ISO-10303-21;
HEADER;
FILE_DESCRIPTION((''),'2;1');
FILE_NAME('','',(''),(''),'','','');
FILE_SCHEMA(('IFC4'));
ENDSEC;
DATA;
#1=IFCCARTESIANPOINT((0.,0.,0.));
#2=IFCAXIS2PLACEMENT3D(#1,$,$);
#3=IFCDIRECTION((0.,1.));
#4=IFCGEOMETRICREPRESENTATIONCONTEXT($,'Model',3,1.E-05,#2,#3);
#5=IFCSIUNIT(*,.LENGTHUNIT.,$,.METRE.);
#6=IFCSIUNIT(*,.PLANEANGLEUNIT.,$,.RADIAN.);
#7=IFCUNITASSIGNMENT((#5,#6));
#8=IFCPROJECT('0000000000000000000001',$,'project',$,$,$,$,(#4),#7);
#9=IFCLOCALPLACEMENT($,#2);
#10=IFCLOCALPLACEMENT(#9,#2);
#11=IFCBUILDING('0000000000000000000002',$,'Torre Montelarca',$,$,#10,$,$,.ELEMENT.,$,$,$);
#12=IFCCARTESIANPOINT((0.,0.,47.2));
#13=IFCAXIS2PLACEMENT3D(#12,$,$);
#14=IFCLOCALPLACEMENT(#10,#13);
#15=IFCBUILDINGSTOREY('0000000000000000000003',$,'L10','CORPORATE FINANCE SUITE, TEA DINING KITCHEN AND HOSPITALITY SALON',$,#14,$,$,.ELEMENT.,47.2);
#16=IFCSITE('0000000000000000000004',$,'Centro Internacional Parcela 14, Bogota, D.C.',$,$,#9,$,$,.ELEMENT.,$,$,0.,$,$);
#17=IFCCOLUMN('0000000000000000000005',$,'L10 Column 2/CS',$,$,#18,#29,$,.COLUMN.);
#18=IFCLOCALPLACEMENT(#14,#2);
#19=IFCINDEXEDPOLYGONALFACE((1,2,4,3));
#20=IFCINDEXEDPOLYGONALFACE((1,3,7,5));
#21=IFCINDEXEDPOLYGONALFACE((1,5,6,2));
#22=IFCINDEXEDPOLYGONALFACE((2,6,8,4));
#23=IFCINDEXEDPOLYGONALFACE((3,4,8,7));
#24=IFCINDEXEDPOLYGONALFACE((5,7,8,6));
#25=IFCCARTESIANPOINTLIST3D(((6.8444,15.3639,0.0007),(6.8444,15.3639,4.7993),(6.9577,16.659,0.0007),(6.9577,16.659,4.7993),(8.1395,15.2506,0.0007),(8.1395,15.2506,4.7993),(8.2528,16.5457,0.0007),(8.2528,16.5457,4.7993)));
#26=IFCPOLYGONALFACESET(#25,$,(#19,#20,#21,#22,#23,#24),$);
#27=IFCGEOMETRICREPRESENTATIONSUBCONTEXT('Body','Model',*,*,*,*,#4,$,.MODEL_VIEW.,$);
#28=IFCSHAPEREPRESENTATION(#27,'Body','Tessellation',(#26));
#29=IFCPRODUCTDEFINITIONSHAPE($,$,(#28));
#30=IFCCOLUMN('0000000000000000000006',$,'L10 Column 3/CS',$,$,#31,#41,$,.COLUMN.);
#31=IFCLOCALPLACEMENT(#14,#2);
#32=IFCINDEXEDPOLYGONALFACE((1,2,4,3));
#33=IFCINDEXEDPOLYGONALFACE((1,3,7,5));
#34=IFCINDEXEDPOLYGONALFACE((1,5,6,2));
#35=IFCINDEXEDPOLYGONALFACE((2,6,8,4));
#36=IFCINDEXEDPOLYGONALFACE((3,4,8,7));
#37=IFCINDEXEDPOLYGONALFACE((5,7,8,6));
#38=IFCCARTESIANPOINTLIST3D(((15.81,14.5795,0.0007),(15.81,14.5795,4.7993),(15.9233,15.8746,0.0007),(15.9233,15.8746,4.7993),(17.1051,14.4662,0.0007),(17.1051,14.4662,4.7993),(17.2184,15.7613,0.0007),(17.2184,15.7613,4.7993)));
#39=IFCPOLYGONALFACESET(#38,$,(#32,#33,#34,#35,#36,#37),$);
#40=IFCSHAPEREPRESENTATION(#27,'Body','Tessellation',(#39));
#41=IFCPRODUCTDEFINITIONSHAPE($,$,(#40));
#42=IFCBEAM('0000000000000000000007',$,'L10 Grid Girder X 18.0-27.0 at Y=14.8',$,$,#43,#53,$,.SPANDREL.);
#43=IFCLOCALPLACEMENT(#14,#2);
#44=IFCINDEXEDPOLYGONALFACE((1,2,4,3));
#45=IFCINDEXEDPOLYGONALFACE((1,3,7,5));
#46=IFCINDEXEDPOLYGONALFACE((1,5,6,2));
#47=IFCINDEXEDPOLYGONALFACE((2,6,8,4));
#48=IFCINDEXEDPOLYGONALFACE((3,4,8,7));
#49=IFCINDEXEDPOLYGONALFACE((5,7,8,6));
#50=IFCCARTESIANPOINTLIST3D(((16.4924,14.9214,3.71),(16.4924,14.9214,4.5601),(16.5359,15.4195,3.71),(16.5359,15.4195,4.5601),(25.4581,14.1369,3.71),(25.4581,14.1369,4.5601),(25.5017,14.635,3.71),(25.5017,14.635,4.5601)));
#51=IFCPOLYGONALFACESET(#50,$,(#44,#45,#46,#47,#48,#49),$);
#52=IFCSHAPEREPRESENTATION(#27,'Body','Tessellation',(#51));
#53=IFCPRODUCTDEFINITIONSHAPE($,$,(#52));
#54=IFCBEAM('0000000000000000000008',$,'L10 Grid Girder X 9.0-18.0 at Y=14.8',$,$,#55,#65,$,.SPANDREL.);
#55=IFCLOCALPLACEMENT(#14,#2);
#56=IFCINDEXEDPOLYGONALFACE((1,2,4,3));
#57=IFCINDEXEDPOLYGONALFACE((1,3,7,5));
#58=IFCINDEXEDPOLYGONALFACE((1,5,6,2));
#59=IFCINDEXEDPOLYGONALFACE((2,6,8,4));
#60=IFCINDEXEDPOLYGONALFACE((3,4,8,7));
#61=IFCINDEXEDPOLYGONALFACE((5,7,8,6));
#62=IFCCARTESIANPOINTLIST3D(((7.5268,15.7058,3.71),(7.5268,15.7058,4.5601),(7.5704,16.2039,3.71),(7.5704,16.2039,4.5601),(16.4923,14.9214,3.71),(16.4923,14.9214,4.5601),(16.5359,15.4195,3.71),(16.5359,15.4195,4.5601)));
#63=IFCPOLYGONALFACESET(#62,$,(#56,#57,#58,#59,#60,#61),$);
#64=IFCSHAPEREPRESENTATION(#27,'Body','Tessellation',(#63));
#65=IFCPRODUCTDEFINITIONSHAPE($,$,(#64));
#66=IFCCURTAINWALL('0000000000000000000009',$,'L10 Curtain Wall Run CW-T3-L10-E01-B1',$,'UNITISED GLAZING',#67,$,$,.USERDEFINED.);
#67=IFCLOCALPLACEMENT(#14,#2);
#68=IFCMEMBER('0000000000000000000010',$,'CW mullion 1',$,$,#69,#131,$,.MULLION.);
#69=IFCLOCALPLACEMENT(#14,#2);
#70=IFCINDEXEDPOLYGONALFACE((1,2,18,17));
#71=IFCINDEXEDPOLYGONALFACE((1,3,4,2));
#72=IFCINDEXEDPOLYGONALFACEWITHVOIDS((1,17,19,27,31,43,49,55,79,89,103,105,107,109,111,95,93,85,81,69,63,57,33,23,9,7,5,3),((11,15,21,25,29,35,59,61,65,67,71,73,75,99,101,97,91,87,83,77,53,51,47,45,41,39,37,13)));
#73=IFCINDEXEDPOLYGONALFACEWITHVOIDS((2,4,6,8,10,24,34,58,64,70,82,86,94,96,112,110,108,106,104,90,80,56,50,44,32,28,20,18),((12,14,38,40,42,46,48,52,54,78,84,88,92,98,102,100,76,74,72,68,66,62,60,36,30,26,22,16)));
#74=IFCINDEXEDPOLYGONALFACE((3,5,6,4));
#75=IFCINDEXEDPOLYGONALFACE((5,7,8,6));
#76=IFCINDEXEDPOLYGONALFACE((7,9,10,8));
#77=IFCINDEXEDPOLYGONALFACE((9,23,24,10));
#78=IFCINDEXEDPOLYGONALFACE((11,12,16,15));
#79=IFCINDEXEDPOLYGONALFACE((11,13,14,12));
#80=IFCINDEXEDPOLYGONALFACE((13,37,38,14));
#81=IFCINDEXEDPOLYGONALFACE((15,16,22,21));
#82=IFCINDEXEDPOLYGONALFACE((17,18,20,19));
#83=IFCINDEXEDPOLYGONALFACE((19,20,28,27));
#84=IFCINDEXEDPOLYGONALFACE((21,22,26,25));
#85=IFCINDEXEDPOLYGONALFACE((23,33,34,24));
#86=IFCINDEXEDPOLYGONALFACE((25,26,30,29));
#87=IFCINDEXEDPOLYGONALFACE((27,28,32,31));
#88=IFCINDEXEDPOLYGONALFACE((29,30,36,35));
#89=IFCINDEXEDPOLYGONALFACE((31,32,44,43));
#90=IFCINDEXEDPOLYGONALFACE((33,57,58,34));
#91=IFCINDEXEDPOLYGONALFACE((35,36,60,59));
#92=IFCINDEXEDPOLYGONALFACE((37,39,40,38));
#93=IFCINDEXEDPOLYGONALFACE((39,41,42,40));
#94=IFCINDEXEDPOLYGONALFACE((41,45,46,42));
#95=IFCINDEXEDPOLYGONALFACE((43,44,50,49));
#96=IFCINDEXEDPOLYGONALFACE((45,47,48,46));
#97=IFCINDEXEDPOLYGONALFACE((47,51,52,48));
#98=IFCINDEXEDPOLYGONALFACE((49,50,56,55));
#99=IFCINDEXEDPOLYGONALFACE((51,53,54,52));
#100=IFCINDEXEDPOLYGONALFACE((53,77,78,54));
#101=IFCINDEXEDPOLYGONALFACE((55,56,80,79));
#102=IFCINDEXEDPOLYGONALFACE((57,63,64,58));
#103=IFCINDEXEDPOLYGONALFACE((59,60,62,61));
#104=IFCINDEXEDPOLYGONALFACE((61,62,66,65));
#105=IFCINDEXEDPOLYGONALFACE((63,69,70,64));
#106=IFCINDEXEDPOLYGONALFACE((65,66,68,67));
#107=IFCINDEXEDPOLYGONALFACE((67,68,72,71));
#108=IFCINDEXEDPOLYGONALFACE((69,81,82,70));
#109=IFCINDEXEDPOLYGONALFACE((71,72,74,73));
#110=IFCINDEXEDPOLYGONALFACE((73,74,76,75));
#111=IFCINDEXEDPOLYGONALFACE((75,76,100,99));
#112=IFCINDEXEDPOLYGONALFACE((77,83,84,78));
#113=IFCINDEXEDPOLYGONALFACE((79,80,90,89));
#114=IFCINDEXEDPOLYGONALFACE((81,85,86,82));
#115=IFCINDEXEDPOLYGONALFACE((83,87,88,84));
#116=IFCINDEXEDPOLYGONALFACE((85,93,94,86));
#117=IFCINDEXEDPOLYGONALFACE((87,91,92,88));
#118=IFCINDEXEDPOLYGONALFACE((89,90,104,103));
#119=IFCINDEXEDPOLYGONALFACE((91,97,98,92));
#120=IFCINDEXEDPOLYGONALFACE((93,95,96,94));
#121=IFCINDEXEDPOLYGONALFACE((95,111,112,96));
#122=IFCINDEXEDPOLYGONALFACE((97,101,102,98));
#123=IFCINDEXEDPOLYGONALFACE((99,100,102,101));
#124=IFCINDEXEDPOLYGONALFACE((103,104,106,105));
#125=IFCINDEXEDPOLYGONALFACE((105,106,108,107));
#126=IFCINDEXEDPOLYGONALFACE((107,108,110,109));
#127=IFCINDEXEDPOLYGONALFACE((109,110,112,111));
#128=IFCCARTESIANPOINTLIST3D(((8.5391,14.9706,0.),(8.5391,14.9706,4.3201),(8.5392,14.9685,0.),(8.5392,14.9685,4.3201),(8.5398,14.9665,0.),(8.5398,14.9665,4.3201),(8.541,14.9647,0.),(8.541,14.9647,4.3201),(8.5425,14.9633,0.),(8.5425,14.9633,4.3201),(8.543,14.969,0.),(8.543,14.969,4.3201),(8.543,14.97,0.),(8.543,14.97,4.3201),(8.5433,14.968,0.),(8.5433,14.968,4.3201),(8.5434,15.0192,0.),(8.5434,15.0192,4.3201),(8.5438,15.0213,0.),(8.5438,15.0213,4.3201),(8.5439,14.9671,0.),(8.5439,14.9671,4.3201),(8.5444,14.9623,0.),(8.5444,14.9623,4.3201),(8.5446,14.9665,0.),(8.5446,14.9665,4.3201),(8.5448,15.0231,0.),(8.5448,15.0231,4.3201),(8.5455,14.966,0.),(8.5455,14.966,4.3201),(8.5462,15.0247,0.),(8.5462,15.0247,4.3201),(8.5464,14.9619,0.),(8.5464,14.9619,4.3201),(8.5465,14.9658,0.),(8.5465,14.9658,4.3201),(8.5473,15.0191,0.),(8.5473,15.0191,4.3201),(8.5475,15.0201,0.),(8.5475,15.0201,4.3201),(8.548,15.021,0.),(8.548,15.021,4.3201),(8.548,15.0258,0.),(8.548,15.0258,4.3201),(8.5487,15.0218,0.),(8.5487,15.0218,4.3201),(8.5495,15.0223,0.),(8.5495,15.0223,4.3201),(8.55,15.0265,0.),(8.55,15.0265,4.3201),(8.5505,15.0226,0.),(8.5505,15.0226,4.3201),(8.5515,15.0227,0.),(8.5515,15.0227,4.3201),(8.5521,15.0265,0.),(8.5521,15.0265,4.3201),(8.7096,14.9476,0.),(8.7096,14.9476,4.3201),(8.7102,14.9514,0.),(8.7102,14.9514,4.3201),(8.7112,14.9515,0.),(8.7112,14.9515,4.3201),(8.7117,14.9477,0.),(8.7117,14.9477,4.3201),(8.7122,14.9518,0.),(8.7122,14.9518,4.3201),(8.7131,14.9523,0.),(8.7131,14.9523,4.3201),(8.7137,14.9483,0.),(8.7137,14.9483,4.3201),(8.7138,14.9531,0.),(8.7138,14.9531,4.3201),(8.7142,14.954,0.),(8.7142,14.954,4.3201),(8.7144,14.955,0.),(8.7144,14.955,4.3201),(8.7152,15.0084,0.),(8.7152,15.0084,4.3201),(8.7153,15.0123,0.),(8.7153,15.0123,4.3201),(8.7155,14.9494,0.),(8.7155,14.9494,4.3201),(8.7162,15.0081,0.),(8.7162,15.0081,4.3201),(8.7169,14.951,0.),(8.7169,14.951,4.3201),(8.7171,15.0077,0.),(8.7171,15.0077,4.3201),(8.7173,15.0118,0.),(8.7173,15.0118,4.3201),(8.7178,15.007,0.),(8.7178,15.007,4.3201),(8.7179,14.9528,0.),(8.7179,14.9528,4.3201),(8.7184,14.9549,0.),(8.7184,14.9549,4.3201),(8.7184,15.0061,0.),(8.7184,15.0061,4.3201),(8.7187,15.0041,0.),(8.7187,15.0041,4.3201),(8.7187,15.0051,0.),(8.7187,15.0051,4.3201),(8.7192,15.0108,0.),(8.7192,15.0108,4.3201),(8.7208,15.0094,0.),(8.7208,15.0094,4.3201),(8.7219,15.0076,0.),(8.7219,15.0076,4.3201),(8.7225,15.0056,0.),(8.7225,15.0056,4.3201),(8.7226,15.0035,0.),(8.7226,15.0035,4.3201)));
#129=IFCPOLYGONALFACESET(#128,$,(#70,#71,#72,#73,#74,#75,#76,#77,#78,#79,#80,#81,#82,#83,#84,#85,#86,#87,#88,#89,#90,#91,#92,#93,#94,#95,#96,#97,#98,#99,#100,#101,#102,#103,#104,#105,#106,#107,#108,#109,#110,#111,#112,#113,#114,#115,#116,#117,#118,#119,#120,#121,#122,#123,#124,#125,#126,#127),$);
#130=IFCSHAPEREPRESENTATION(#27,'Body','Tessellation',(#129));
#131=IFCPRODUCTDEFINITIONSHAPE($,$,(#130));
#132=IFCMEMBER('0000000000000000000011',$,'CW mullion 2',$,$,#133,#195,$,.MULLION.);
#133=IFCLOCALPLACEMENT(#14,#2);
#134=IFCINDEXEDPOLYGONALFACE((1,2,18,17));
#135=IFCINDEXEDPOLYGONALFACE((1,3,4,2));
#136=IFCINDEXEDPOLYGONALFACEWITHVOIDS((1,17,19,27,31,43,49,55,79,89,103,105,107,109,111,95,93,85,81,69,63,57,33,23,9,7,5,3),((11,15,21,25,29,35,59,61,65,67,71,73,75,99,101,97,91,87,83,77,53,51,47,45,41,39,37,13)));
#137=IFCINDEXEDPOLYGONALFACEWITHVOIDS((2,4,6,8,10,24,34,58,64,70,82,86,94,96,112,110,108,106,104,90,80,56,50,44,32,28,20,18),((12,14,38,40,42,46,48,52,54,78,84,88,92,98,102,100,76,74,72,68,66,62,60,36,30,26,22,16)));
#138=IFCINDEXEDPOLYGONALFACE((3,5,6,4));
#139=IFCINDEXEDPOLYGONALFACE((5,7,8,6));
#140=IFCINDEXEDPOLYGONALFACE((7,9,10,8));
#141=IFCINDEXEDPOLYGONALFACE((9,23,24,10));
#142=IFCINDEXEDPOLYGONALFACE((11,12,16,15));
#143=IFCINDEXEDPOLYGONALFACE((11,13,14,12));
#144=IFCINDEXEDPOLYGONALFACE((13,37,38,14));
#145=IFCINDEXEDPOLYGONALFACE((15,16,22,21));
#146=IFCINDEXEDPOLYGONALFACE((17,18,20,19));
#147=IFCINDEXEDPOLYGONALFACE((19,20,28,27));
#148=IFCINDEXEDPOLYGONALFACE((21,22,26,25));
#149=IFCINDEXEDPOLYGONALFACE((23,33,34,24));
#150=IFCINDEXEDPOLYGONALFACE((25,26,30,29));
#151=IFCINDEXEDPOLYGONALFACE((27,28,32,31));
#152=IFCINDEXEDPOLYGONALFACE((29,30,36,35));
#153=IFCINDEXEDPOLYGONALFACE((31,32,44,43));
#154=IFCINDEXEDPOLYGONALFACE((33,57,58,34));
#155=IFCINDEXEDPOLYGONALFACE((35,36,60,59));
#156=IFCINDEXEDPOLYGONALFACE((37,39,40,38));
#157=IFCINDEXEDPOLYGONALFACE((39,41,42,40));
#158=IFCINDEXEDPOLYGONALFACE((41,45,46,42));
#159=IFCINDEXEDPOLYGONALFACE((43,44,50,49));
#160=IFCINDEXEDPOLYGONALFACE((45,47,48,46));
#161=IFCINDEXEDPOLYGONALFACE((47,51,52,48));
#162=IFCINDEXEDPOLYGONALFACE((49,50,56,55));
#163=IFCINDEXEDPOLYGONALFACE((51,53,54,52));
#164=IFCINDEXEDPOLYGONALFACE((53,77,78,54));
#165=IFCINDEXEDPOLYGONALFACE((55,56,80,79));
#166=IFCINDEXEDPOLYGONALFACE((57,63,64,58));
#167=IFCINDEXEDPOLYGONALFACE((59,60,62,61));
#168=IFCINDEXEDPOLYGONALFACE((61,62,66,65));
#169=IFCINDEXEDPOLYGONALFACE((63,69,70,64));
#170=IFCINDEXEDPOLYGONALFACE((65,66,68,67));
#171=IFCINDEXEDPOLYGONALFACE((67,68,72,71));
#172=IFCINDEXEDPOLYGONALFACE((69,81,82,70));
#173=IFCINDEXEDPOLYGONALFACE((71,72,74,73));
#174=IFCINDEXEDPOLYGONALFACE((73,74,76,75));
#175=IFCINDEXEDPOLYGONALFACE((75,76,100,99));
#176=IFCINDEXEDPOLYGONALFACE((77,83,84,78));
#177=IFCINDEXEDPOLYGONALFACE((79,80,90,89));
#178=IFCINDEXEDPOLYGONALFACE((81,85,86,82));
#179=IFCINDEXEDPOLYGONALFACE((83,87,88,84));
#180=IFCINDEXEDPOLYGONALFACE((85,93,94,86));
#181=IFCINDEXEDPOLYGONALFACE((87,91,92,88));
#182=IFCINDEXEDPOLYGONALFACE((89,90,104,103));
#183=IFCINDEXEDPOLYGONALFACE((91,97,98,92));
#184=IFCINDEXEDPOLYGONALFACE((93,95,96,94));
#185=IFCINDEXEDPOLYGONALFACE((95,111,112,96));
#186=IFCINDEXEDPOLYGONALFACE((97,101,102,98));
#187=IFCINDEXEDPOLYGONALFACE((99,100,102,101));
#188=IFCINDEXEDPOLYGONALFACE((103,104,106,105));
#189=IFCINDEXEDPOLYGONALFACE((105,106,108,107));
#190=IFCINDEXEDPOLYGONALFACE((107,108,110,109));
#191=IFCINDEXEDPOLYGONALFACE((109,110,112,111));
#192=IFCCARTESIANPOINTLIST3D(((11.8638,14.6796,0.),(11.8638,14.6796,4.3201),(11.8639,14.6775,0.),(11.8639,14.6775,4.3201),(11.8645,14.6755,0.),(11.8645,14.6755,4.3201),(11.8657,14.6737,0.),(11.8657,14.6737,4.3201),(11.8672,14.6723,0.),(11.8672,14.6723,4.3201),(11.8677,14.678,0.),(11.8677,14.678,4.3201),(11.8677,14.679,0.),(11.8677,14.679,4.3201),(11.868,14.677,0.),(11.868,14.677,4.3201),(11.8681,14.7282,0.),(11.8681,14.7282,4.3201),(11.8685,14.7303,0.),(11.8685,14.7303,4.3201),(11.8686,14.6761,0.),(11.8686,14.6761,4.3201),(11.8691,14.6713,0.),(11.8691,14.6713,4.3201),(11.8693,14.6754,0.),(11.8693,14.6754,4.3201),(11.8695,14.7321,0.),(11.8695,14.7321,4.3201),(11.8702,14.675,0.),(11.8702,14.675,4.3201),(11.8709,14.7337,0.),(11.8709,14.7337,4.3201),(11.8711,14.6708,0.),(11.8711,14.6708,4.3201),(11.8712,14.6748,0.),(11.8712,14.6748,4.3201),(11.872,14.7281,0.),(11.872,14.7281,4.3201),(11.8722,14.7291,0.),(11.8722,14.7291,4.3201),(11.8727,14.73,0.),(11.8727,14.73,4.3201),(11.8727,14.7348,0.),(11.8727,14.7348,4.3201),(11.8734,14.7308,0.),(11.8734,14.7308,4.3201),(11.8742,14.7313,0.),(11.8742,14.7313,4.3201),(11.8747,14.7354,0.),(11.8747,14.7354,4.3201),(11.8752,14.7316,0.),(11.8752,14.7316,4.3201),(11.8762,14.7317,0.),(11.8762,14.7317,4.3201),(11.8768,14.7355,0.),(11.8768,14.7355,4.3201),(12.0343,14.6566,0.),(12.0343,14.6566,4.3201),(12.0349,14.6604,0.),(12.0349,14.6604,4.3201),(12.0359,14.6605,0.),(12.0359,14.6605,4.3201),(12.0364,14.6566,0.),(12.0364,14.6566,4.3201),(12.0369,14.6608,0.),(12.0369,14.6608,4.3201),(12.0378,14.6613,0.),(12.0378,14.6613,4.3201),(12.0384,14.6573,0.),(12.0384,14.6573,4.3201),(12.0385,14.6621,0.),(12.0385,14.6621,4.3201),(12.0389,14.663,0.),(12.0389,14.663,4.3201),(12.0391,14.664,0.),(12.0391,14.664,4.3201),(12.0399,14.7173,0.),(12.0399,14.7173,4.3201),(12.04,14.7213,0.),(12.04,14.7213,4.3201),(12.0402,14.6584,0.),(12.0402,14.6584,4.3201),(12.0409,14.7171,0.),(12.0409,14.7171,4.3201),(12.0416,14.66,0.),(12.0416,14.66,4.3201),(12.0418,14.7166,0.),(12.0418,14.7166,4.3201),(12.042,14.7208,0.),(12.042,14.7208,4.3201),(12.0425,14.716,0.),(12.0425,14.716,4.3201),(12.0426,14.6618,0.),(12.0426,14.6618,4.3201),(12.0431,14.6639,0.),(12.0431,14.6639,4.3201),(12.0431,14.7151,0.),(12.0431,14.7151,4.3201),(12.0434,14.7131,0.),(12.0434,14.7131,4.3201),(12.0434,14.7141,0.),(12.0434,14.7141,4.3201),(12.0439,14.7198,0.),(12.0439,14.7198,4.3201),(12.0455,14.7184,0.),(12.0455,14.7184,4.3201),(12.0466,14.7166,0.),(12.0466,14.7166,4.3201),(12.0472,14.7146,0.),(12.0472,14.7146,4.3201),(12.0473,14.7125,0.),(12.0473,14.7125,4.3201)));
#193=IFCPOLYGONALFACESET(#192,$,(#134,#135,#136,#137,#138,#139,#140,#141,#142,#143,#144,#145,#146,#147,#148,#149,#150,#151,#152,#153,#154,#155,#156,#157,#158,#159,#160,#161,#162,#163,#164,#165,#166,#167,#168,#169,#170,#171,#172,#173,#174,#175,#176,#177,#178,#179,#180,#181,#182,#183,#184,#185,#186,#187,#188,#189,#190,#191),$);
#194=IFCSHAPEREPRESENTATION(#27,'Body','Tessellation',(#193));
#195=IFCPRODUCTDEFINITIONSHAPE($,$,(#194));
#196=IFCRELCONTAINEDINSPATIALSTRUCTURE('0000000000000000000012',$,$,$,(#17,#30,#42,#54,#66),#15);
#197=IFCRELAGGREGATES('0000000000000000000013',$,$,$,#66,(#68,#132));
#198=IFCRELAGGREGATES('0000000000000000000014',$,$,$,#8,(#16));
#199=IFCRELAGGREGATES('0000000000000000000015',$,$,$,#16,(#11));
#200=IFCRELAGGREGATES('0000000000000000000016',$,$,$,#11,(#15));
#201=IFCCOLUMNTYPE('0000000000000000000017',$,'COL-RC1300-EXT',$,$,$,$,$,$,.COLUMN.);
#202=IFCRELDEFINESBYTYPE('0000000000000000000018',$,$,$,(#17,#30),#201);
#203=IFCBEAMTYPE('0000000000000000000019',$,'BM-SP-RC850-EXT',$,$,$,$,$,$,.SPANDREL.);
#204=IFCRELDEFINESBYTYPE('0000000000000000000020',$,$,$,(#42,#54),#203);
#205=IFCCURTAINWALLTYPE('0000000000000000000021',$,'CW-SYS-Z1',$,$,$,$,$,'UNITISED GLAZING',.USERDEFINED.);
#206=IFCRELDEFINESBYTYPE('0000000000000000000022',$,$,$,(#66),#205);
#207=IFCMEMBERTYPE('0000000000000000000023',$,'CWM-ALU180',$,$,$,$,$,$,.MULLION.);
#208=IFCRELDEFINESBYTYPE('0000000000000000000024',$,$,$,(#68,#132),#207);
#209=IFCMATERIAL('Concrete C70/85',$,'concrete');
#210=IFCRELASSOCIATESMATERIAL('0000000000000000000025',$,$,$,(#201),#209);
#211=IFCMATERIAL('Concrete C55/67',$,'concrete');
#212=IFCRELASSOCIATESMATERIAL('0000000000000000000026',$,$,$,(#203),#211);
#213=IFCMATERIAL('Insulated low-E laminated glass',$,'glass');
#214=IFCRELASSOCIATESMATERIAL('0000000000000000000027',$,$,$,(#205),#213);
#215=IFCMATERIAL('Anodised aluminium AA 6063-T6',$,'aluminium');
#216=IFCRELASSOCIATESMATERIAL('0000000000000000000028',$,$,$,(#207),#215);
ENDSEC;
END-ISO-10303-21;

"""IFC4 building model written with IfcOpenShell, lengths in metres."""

from ifc_helpers import new_model, si_unit, direction, frame, origin, origin_2d, place, context, subcontext, project, spatial, rectangle, hollow_rectangle, extrude, source, transform, mapped, material, material_profile, profile_set, type_object, element, aggregate, save


model = new_model("IFC4")

# Units and contexts
model_context = context("Model", 3, precision=1e-05, world=origin(), true_north=direction((0.0, 1.0)))
body_context = subcontext(model_context, "Body", "Model", "MODEL_VIEW")
ifc_project = project(units=[si_unit("LENGTHUNIT", "METRE"), si_unit("PLANEANGLEUNIT", "RADIAN")], contexts=[model_context])

# Site, building, storey
site_placement = place(None, origin())
site = spatial("IfcSite", under=ifc_project, at=site_placement, Name="Centro Internacional Parcela 14, Bogota, D.C.", CompositionType="ELEMENT", RefElevation=0.0)
building_placement = place(site_placement, origin())
building = spatial("IfcBuilding", under=site, at=building_placement, Name="Torre Montelarca", CompositionType="ELEMENT")
storey_placement = place(building_placement, frame((0.0, 0.0, 47.2)))
storey = spatial("IfcBuildingStorey", under=building, at=storey_placement, Name="L10", Description="CORPORATE FINANCE SUITE, TEA DINING KITCHEN AND HOSPITALITY SALON", CompositionType="ELEMENT", Elevation=47.2)

# Columns
ifc_material_1 = material(Name="Concrete C70/85", Category="concrete")
ifc_material_profile_1 = material_profile(ifc_material_1, rectangle(XDim=1.3, YDim=1.3, at=origin_2d()), Name="RC1300X1300", Category="concrete")
ifc_profile_set_1 = profile_set([ifc_material_profile_1], Name="Concrete C70/85")
column_type = type_object("IfcColumnType", Name="COL-RC1300-EXT", PredefinedType="COLUMN", material=ifc_profile_set_1)
shared_shape_1 = source(origin(), body_context, "Body", "SweptSolid", [
    extrude(rectangle(XDim=1.3, YDim=1.3, at=origin_2d()), origin(), (0.0, 0.0, 1.0), 4.7986),
])
for number, where, z_axis, x_axis, name in (
    (1, (7.5486, 15.9548, 0.0007), (0.0, 0.0, 1.0), (-0.996195, 0.087156, 0.0), "L10 Column 2/CS"),
    (2, (16.5142, 15.1704, 0.0007), (0.0, 0.0, 1.0), (-0.996195, 0.087156, 0.0), "L10 Column 3/CS"),
):
    element("IfcColumn", number, at=place(storey_placement, frame(where, z_axis=z_axis, x_axis=x_axis)), inside=storey, type_object=column_type, Name=name, PredefinedType="COLUMN", context=body_context, shape_type="MappedRepresentation", body=[
        mapped(shared_shape_1, transform((0.0, 0.0, 0.0), scale=1.0)),
    ])

# Beams
ifc_material_2 = material(Name="Concrete C55/67", Category="concrete")
ifc_material_profile_2 = material_profile(ifc_material_2, rectangle(XDim=0.5, YDim=0.8501, at=origin_2d()), Name="RCB500X850", Category="concrete")
ifc_profile_set_2 = profile_set([ifc_material_profile_2], Name="Concrete C55/67")
beam_type = type_object("IfcBeamType", Name="BM-SP-RC850-EXT", PredefinedType="SPANDREL", material=ifc_profile_set_2)
shared_shape_2 = source(origin(), body_context, "Body", "SweptSolid", [
    extrude(rectangle(XDim=0.5, YDim=0.8501, at=origin_2d()), origin(), (0.0, 0.0, 1.0), 9.0),
])
beam_1_placement = place(storey_placement, frame((16.5142, 15.1704, 4.135), z_axis=(0.996195, -0.087158, 0.0), x_axis=(0.087158, 0.996195, 0.0)))
element("IfcBeam", 3, at=beam_1_placement, inside=storey, type_object=beam_type, Name="L10 Grid Girder X 18.0-27.0 at Y=14.8", PredefinedType="SPANDREL", context=body_context, shape_type="MappedRepresentation", body=[
    mapped(shared_shape_2, transform((0.0, 0.0, 0.0), scale=1.0)),
])
shared_shape_3 = source(origin(), body_context, "Body", "SweptSolid", [
    extrude(rectangle(XDim=0.5, YDim=0.8501, at=origin_2d()), origin(), (0.0, 0.0, 1.0), 8.9998),
])
beam_2_placement = place(storey_placement, frame((7.5486, 15.9548, 4.135), z_axis=(0.996194, -0.08716, 0.0), x_axis=(0.08716, 0.996194, 0.0)))
element("IfcBeam", 4, at=beam_2_placement, inside=storey, type_object=beam_type, Name="L10 Grid Girder X 9.0-18.0 at Y=14.8", PredefinedType="SPANDREL", context=body_context, shape_type="MappedRepresentation", body=[
    mapped(shared_shape_3, transform((0.0, 0.0, 0.0), scale=1.0)),
])

# Curtain wall, members
ifc_material_3 = material(Name="Insulated low-E laminated glass", Category="glass")
curtain_wall_type = type_object("IfcCurtainWallType", Name="CW-SYS-Z1", ElementType="UNITISED GLAZING", PredefinedType="USERDEFINED", material=ifc_material_3)
curtain_wall_1_placement = place(storey_placement, origin())
curtain_wall_1 = element("IfcCurtainWall", 5, at=curtain_wall_1_placement, inside=storey, type_object=curtain_wall_type, Name="L10 Curtain Wall Run CW-T3-L10-E01-B1", ObjectType="UNITISED GLAZING", PredefinedType="USERDEFINED")
ifc_material_4 = material(Name="Anodised aluminium AA 6063-T6", Category="aluminium")
ifc_material_profile_3 = material_profile(ifc_material_4, hollow_rectangle(XDim=0.0649, YDim=0.1799, WallThickness=0.0039, InnerFilletRadius=0.0039, OuterFilletRadius=0.0081, at=origin_2d()), Name="ALU65X180X4", Category="aluminium")
ifc_profile_set_3 = profile_set([ifc_material_profile_3], Name="Anodised aluminium AA 6063-T6")
member_type_1 = type_object("IfcMemberType", Name="CWM-ALU180", PredefinedType="MULLION", material=ifc_profile_set_3)
shared_shape_4 = source(origin(), body_context, "Body", "SweptSolid", [
    extrude(hollow_rectangle(XDim=0.0649, YDim=0.1799, WallThickness=0.0039, InnerFilletRadius=0.0039, OuterFilletRadius=0.0081, at=origin_2d()), origin(), (0.0, 0.0, 1.0), 4.3201),
])
member_1_placement = place(storey_placement, frame((8.6309, 14.9871, 0.0), z_axis=(0.0, 0.0, 1.0), x_axis=(0.087167, 0.996194, 0.0)))
member_1 = element("IfcMember", 6, at=member_1_placement, type_object=member_type_1, Name="CW mullion 1", PredefinedType="MULLION", context=body_context, shape_type="MappedRepresentation", body=[
    mapped(shared_shape_4, transform((0.0, 0.0, 0.0), scale=1.0)),
])
member_2_placement = place(storey_placement, frame((11.9556, 14.696, 0.0), z_axis=(0.0, 0.0, 1.0), x_axis=(0.087167, 0.996194, 0.0)))
member_2 = element("IfcMember", 7, at=member_2_placement, type_object=member_type_1, Name="CW mullion 2", PredefinedType="MULLION", context=body_context, shape_type="MappedRepresentation", body=[
    mapped(shared_shape_4, transform((0.0, 0.0, 0.0), scale=1.0)),
])

aggregate(curtain_wall_1, [member_1, member_2])

save(model, "model.ifc")
